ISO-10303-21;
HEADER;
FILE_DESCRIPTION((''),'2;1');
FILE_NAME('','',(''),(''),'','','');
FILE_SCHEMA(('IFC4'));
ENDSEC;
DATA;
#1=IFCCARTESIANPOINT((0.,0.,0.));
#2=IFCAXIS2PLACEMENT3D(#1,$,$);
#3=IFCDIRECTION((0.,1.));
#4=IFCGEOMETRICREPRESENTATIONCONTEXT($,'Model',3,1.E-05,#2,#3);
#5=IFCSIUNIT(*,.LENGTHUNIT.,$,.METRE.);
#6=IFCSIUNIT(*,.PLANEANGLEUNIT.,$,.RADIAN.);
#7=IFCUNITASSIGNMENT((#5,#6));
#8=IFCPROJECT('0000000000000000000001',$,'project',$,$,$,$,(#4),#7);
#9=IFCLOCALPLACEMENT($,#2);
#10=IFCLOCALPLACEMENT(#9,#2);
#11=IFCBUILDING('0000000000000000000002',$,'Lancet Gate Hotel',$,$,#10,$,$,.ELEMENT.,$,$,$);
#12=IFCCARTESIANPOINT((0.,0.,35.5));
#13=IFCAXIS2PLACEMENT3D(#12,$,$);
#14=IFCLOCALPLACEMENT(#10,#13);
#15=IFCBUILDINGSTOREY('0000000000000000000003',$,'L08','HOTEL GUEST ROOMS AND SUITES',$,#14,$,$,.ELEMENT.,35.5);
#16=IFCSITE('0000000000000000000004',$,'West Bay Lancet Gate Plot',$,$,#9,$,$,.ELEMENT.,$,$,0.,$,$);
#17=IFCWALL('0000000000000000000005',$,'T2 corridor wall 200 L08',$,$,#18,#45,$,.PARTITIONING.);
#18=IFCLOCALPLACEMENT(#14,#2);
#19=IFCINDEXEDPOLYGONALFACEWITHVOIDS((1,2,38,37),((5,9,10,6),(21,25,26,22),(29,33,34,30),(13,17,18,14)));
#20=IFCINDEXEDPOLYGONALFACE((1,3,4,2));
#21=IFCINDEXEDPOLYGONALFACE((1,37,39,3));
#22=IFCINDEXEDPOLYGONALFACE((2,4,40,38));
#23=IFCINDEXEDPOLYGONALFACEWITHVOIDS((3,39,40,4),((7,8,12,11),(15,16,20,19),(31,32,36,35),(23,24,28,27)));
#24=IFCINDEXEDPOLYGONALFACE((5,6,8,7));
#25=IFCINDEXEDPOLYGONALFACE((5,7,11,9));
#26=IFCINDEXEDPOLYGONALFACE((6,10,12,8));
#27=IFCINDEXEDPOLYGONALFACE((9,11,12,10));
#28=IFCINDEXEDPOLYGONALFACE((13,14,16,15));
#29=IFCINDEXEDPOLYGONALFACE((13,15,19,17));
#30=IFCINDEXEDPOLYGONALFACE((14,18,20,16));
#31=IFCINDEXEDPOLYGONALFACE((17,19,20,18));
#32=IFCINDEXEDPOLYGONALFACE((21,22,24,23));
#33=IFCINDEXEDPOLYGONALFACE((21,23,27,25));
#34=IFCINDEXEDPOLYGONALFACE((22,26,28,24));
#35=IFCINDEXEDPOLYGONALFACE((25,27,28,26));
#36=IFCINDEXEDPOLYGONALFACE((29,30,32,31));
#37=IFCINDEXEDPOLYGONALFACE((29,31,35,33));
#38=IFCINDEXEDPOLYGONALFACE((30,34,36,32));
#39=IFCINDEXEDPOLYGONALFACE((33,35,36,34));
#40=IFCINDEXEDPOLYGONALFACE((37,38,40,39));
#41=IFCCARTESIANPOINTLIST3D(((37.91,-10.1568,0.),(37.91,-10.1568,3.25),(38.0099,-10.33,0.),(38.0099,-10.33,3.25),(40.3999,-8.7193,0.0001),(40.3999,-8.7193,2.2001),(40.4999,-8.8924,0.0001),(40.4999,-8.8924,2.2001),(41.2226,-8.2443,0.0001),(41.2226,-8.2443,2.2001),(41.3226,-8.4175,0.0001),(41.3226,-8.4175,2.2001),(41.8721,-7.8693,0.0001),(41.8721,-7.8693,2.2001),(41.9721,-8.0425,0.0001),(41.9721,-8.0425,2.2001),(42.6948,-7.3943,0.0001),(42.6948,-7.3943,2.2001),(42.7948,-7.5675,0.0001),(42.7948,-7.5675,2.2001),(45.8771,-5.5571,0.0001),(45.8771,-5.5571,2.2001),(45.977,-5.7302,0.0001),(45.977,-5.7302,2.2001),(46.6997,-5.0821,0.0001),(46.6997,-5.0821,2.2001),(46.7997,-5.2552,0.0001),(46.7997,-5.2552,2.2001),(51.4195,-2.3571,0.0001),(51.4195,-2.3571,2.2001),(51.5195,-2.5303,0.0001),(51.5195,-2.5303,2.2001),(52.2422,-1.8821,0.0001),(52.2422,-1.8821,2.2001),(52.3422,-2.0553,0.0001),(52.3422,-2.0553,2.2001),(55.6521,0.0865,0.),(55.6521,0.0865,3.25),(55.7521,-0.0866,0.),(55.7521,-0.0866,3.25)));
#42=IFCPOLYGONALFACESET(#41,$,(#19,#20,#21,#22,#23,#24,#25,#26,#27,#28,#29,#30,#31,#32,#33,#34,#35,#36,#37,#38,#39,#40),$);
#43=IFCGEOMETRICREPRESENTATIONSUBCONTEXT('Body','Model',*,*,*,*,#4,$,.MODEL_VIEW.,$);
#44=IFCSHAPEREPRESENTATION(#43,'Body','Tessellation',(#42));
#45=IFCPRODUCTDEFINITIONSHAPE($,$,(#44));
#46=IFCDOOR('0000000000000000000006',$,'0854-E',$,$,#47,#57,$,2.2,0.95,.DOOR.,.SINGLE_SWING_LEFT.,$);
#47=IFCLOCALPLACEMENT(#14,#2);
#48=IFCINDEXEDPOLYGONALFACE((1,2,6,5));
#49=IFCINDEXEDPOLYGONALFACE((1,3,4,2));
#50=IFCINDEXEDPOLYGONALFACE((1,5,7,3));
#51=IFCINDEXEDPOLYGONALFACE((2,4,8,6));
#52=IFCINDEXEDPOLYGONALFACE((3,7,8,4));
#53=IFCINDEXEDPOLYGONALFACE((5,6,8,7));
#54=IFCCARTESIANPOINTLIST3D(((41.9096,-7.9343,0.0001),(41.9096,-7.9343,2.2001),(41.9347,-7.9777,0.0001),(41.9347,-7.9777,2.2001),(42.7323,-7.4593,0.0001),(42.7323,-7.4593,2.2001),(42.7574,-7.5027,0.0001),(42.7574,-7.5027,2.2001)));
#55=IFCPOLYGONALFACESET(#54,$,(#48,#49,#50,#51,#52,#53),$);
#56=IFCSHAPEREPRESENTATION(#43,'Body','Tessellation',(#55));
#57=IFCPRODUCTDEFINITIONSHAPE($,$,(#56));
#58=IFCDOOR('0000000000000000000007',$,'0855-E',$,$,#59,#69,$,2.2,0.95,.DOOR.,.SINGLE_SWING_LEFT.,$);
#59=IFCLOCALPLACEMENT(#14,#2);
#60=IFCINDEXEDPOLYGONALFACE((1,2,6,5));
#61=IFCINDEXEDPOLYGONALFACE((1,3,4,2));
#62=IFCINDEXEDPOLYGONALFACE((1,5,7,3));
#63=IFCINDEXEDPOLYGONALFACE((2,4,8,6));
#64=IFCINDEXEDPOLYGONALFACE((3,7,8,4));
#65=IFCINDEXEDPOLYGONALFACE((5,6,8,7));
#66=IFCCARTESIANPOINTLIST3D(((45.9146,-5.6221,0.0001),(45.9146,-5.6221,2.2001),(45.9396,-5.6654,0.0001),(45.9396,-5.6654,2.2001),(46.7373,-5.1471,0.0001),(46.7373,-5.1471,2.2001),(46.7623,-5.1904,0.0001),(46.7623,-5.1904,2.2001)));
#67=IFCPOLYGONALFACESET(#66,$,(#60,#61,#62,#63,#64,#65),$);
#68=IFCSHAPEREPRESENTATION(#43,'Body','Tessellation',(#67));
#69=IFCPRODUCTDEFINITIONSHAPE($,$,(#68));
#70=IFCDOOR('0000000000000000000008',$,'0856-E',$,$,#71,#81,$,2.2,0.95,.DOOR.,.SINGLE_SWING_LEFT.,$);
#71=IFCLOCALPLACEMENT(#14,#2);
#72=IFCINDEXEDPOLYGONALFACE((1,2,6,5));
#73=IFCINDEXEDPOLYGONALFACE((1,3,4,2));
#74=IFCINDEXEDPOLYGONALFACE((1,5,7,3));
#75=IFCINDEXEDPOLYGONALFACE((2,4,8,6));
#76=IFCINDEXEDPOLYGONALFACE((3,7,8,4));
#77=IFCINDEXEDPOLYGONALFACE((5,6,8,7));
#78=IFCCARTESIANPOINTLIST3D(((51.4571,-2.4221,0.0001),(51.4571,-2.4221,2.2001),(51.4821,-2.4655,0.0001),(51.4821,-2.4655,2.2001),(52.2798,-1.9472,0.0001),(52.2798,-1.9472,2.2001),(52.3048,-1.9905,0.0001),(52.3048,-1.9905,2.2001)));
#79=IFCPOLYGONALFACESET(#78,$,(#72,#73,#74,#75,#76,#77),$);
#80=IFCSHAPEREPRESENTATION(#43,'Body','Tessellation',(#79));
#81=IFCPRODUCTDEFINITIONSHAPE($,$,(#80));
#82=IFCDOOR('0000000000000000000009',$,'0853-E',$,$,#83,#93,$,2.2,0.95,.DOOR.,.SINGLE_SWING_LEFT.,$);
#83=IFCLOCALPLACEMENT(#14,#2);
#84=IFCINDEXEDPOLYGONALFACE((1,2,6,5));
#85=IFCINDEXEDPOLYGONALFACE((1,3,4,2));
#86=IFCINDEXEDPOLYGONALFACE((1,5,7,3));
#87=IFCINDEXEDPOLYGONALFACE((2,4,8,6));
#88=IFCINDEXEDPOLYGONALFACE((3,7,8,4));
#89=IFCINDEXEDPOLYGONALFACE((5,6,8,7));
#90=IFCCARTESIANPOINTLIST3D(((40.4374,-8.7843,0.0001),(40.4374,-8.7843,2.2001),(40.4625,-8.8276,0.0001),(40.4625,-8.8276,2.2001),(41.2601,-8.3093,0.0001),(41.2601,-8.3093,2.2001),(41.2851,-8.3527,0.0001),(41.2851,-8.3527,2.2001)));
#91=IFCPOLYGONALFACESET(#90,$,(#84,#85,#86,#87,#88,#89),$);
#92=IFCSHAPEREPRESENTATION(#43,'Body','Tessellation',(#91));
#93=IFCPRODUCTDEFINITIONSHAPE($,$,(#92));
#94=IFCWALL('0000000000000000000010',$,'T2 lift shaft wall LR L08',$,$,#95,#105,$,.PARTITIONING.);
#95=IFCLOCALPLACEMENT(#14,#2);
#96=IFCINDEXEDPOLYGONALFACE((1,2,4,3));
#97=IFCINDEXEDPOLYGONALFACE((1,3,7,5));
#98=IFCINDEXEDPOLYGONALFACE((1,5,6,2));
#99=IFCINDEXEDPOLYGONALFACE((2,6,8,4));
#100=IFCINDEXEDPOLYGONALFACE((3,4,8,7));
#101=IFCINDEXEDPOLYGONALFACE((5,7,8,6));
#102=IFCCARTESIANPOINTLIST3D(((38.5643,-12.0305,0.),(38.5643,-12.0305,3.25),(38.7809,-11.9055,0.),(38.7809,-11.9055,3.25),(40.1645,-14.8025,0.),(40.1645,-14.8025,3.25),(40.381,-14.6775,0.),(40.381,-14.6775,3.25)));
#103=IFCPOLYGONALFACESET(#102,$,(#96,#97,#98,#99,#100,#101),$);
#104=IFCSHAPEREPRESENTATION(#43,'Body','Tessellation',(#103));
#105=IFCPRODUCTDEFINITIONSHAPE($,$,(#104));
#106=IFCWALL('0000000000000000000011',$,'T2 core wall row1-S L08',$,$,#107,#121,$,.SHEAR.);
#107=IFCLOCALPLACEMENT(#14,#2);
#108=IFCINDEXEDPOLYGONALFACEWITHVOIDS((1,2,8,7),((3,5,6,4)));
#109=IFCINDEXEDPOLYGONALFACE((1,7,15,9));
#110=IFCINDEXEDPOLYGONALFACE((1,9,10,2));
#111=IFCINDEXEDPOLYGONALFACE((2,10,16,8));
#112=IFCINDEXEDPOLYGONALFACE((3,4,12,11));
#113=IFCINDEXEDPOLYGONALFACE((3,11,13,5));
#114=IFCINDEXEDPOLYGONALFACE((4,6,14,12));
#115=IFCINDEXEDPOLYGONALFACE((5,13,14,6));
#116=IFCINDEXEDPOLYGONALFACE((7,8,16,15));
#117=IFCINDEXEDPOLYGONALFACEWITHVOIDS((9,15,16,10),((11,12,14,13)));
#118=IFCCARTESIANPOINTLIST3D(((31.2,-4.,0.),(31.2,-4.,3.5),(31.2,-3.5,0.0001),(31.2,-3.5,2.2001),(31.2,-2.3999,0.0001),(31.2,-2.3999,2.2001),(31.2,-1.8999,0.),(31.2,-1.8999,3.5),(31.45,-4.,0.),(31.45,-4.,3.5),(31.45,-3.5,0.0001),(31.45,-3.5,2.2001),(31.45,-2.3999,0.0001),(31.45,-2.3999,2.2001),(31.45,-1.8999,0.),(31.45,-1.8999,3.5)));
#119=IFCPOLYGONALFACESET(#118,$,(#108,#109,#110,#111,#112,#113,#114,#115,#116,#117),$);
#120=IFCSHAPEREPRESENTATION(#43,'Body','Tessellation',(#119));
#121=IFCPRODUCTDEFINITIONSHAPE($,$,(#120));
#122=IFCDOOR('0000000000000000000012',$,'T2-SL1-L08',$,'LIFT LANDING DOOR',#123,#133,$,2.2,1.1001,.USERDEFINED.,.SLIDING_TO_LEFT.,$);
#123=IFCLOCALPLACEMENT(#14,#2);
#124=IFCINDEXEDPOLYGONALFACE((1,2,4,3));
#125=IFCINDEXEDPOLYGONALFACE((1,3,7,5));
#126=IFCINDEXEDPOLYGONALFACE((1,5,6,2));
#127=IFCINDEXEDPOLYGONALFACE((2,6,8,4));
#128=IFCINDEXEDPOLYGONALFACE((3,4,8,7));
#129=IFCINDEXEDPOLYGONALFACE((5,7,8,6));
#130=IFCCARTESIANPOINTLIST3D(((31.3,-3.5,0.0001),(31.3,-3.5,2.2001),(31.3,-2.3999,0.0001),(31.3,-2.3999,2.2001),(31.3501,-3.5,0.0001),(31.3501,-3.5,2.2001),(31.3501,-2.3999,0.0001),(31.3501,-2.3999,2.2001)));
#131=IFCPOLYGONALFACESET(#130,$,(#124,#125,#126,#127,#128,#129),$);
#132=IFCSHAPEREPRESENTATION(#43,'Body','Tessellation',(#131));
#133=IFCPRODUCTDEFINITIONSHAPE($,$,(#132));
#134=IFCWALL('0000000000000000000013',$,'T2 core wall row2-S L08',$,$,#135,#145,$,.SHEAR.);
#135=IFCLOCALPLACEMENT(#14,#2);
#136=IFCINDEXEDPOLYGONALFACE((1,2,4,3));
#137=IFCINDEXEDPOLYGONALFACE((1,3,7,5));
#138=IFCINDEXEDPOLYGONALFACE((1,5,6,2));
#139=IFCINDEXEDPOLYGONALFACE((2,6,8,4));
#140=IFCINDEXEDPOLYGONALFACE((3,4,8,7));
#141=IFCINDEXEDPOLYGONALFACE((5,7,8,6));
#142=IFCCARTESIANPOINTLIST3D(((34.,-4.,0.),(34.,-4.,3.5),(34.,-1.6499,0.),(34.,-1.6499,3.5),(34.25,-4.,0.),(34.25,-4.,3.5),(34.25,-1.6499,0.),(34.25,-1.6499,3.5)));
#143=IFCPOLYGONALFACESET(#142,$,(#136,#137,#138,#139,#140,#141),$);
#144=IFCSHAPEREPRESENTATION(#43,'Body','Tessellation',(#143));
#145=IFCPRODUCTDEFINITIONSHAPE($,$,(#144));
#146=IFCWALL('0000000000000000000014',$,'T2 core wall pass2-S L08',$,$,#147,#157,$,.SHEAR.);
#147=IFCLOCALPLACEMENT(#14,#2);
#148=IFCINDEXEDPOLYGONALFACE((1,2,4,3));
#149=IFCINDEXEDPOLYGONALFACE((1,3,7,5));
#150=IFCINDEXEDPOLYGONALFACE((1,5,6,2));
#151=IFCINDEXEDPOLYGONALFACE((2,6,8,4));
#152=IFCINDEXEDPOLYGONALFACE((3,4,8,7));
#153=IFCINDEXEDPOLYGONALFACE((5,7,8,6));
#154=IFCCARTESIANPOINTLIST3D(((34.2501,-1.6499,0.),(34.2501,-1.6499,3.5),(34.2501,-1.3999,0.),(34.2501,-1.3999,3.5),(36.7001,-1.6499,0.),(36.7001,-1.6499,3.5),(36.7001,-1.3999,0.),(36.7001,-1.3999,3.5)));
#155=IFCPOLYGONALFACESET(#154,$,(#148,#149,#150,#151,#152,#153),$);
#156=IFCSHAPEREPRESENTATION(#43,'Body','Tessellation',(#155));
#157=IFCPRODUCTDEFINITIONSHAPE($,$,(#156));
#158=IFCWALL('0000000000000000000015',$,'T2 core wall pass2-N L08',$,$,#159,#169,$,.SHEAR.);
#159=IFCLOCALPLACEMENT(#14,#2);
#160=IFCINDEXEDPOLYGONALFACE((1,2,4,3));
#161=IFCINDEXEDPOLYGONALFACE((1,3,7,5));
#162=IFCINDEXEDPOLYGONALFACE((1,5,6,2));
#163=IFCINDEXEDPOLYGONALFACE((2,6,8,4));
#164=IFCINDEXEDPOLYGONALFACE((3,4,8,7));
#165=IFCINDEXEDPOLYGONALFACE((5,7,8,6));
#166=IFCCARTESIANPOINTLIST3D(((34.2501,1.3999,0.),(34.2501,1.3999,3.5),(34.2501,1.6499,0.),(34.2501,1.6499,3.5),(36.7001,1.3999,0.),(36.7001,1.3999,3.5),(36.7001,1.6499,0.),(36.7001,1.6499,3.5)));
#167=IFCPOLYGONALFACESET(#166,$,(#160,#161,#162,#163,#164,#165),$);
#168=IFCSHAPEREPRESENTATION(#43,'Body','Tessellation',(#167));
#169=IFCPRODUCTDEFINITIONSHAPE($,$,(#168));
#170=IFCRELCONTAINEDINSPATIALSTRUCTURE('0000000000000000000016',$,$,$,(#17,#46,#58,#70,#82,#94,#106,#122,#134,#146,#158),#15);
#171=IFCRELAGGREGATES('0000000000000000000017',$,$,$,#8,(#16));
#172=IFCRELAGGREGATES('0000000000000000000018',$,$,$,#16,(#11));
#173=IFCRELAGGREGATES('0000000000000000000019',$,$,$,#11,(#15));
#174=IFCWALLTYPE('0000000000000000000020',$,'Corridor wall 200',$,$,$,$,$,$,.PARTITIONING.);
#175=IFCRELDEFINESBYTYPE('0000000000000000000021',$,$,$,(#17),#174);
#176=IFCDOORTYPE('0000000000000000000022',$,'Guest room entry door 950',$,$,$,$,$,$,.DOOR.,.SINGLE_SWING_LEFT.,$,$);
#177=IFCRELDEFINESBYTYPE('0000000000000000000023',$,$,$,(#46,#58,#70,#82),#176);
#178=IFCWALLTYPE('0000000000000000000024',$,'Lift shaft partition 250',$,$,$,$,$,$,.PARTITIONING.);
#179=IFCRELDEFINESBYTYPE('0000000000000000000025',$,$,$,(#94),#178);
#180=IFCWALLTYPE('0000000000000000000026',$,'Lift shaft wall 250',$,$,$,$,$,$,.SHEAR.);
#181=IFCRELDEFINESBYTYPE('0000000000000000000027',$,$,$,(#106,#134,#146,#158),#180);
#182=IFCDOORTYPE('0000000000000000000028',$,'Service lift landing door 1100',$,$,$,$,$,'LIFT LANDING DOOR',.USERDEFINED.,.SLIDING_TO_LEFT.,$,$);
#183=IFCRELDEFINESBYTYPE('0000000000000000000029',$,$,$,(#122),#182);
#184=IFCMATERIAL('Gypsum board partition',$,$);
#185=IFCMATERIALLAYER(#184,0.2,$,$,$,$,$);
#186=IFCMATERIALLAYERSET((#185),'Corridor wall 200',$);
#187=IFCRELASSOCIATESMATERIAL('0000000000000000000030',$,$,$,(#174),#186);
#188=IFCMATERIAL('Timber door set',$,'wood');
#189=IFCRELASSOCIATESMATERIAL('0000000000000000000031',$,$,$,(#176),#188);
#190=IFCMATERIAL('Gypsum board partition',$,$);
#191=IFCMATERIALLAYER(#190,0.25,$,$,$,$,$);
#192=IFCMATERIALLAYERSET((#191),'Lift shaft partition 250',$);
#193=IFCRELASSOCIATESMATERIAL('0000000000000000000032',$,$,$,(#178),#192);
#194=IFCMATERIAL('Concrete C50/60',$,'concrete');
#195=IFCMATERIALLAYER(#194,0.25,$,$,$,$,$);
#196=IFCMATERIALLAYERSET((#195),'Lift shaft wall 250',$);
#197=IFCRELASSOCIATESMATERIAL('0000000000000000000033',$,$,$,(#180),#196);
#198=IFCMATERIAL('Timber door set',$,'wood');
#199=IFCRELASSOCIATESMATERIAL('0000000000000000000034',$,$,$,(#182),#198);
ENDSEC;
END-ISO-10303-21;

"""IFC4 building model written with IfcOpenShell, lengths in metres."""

from ifc_helpers import new_model, si_unit, direction, frame, frame_2d, origin, place, context, subcontext, project, spatial, rectangle, extrude, material, layer, layer_set, type_object, element, fill, save


model = new_model("IFC4")

# Units and contexts
model_context = context("Model", 3, precision=1e-05, world=origin(), true_north=direction((0.0, 1.0)))
body_context = subcontext(model_context, "Body", "Model", "MODEL_VIEW")
ifc_project = project(units=[si_unit("LENGTHUNIT", "METRE"), si_unit("PLANEANGLEUNIT", "RADIAN")], contexts=[model_context])

# Site, building, storey
site_placement = place(None, origin())
site = spatial("IfcSite", under=ifc_project, at=site_placement, Name="West Bay Lancet Gate Plot", CompositionType="ELEMENT", RefElevation=0.0)
building_placement = place(site_placement, origin())
building = spatial("IfcBuilding", under=site, at=building_placement, Name="Lancet Gate Hotel", CompositionType="ELEMENT")
storey_placement = place(building_placement, frame((0.0, 0.0, 35.5)))
storey = spatial("IfcBuildingStorey", under=building, at=storey_placement, Name="L08", Description="HOTEL GUEST ROOMS AND SUITES", CompositionType="ELEMENT", Elevation=35.5)

# Wall, openings, doors
ifc_material_1 = material(Name="Gypsum board partition")
ifc_layer_1 = layer(ifc_material_1, 0.2)
ifc_layer_set_1 = layer_set([ifc_layer_1], Name="Corridor wall 200")
wall_type_1 = type_object("IfcWallType", Name="Corridor wall 200", PredefinedType="PARTITIONING", material=ifc_layer_set_1)
wall_1_placement = place(storey_placement, frame((37.96, -10.2434, 0.0), z_axis=(0.0, 0.0, 1.0), x_axis=(0.866026, 0.499998, 0.0)))
wall_1 = element("IfcWall", 1, at=wall_1_placement, inside=storey, type_object=wall_type_1, Name="T2 corridor wall 200 L08", PredefinedType="PARTITIONING", context=body_context, shape_type="SweptSolid", body=[
    extrude(rectangle(XDim=20.4868, YDim=0.2, at=frame_2d((10.2434, 0.0))), origin(), (0.0, 0.0, 1.0), 3.25),
])
opening_1_placement = place(wall_1_placement, frame((4.575, 0.0, 0.0)))
opening_1 = element("IfcOpeningElement", 2, at=opening_1_placement, cuts=wall_1, PredefinedType="OPENING", context=body_context, shape_type="SweptSolid", body=[
    extrude(rectangle(XDim=0.95, YDim=2.2, at=frame_2d((0.4751, 1.1001))), frame((0.0, 0.1099, 0.0), z_axis=(0.0, -1.0, 0.0), x_axis=(1.0, 0.0, 0.0)), (0.0, 0.0, 1.0), 0.22),
])
opening_2_placement = place(wall_1_placement, frame((9.1995, 0.0, 0.0)))
opening_2 = element("IfcOpeningElement", 3, at=opening_2_placement, cuts=wall_1, PredefinedType="OPENING", context=body_context, shape_type="SweptSolid", body=[
    extrude(rectangle(XDim=0.95, YDim=2.2, at=frame_2d((0.4751, 1.1001))), frame((0.0, 0.1099, 0.0), z_axis=(0.0, -1.0, 0.0), x_axis=(1.0, 0.0, 0.0)), (0.0, 0.0, 1.0), 0.22),
])
opening_3_placement = place(wall_1_placement, frame((15.5994, 0.0, 0.0)))
opening_3 = element("IfcOpeningElement", 4, at=opening_3_placement, cuts=wall_1, PredefinedType="OPENING", context=body_context, shape_type="SweptSolid", body=[
    extrude(rectangle(XDim=0.95, YDim=2.2, at=frame_2d((0.4751, 1.1001))), frame((0.0, 0.1099, 0.0), z_axis=(0.0, -1.0, 0.0), x_axis=(1.0, 0.0, 0.0)), (0.0, 0.0, 1.0), 0.22),
])
opening_4_placement = place(wall_1_placement, frame((2.875, 0.0, 0.0)))
opening_4 = element("IfcOpeningElement", 5, at=opening_4_placement, cuts=wall_1, PredefinedType="OPENING", context=body_context, shape_type="SweptSolid", body=[
    extrude(rectangle(XDim=0.95, YDim=2.2, at=frame_2d((0.4751, 1.1001))), frame((0.0, 0.1099, 0.0), z_axis=(0.0, -1.0, 0.0), x_axis=(1.0, 0.0, 0.0)), (0.0, 0.0, 1.0), 0.22),
])
ifc_material_2 = material(Name="Timber door set", Category="wood")
door_type_1 = type_object("IfcDoorType", Name="Guest room entry door 950", OperationType="SINGLE_SWING_LEFT", PredefinedType="DOOR", material=ifc_material_2)
door_1_placement = place(opening_1_placement, origin())
door_1 = element("IfcDoor", 6, at=door_1_placement, inside=storey, type_object=door_type_1, Name="0854-E", OperationType="SINGLE_SWING_LEFT", OverallHeight=2.2, OverallWidth=0.95, PredefinedType="DOOR", context=body_context, shape_type="SweptSolid", body=[
    extrude(rectangle(XDim=0.95, YDim=2.2, at=frame_2d((0.4751, 1.1001))), frame((0.0, 0.0249, 0.0), z_axis=(0.0, -1.0, 0.0), x_axis=(1.0, 0.0, 0.0)), (0.0, 0.0, 1.0), 0.05),
])
fill(opening_1, door_1)
door_2_placement = place(opening_2_placement, origin())
door_2 = element("IfcDoor", 7, at=door_2_placement, inside=storey, type_object=door_type_1, Name="0855-E", OperationType="SINGLE_SWING_LEFT", OverallHeight=2.2, OverallWidth=0.95, PredefinedType="DOOR", context=body_context, shape_type="SweptSolid", body=[
    extrude(rectangle(XDim=0.95, YDim=2.2, at=frame_2d((0.4751, 1.1001))), frame((0.0, 0.0249, 0.0), z_axis=(0.0, -1.0, 0.0), x_axis=(1.0, 0.0, 0.0)), (0.0, 0.0, 1.0), 0.05),
])
fill(opening_2, door_2)
door_3_placement = place(opening_3_placement, origin())
door_3 = element("IfcDoor", 8, at=door_3_placement, inside=storey, type_object=door_type_1, Name="0856-E", OperationType="SINGLE_SWING_LEFT", OverallHeight=2.2, OverallWidth=0.95, PredefinedType="DOOR", context=body_context, shape_type="SweptSolid", body=[
    extrude(rectangle(XDim=0.95, YDim=2.2, at=frame_2d((0.4751, 1.1001))), frame((0.0, 0.0249, 0.0), z_axis=(0.0, -1.0, 0.0), x_axis=(1.0, 0.0, 0.0)), (0.0, 0.0, 1.0), 0.05),
])
fill(opening_3, door_3)
door_4_placement = place(opening_4_placement, origin())
door_4 = element("IfcDoor", 9, at=door_4_placement, inside=storey, type_object=door_type_1, Name="0853-E", OperationType="SINGLE_SWING_LEFT", OverallHeight=2.2, OverallWidth=0.95, PredefinedType="DOOR", context=body_context, shape_type="SweptSolid", body=[
    extrude(rectangle(XDim=0.95, YDim=2.2, at=frame_2d((0.4751, 1.1001))), frame((0.0, 0.0249, 0.0), z_axis=(0.0, -1.0, 0.0), x_axis=(1.0, 0.0, 0.0)), (0.0, 0.0, 1.0), 0.05),
])
fill(opening_4, door_4)

# Wall
ifc_material_3 = material(Name="Gypsum board partition")
ifc_layer_2 = layer(ifc_material_3, 0.25)
ifc_layer_set_2 = layer_set([ifc_layer_2], Name="Lift shaft partition 250")
wall_type_2 = type_object("IfcWallType", Name="Lift shaft partition 250", PredefinedType="PARTITIONING", material=ifc_layer_set_2)
wall_2_placement = place(storey_placement, frame((38.6726, -11.968, 0.0), z_axis=(0.0, 0.0, 1.0), x_axis=(0.499929, -0.866066, 0.0)))
element("IfcWall", 10, at=wall_2_placement, inside=storey, type_object=wall_type_2, Name="T2 lift shaft wall LR L08", PredefinedType="PARTITIONING", context=body_context, shape_type="SweptSolid", body=[
    extrude(rectangle(XDim=3.2007, YDim=0.25, at=frame_2d((1.6003, 0.0))), origin(), (0.0, 0.0, 1.0), 3.25),
])

# Wall, opening, door
ifc_material_4 = material(Name="Concrete C50/60", Category="concrete")
ifc_layer_3 = layer(ifc_material_4, 0.25)
ifc_layer_set_3 = layer_set([ifc_layer_3], Name="Lift shaft wall 250")
wall_type_3 = type_object("IfcWallType", Name="Lift shaft wall 250", PredefinedType="SHEAR", material=ifc_layer_set_3)
wall_3_placement = place(storey_placement, frame((31.325, -4.0, 0.0), z_axis=(0.0, 0.0, 1.0), x_axis=(0.0, 1.0, 0.0)))
wall_3 = element("IfcWall", 11, at=wall_3_placement, inside=storey, type_object=wall_type_3, Name="T2 core wall row1-S L08", PredefinedType="SHEAR", context=body_context, shape_type="SweptSolid", body=[
    extrude(rectangle(XDim=2.1001, YDim=0.25, at=frame_2d((1.05, 0.0))), origin(), (0.0, 0.0, 1.0), 3.5),
])
opening_5_placement = place(wall_3_placement, frame((0.5, 0.0, 0.0)))
opening_5 = element("IfcOpeningElement", 12, at=opening_5_placement, cuts=wall_3, PredefinedType="OPENING", context=body_context, shape_type="SweptSolid", body=[
    extrude(rectangle(XDim=1.1001, YDim=2.2, at=frame_2d((0.55, 1.1001))), frame((0.0, 0.135, 0.0), z_axis=(0.0, -1.0, 0.0), x_axis=(1.0, 0.0, 0.0)), (0.0, 0.0, 1.0), 0.27),
])
ifc_material_5 = material(Name="Timber door set", Category="wood")
door_type_2 = type_object("IfcDoorType", Name="Service lift landing door 1100", ElementType="LIFT LANDING DOOR", OperationType="SLIDING_TO_LEFT", PredefinedType="USERDEFINED", material=ifc_material_5)
door_5_placement = place(opening_5_placement, origin())
door_5 = element("IfcDoor", 13, at=door_5_placement, inside=storey, type_object=door_type_2, Name="T2-SL1-L08", ObjectType="LIFT LANDING DOOR", OperationType="SLIDING_TO_LEFT", OverallHeight=2.2, OverallWidth=1.1001, PredefinedType="USERDEFINED", context=body_context, shape_type="SweptSolid", body=[
    extrude(rectangle(XDim=1.1001, YDim=2.2, at=frame_2d((0.55, 1.1001))), frame((0.0, 0.0249, 0.0), z_axis=(0.0, -1.0, 0.0), x_axis=(1.0, 0.0, 0.0)), (0.0, 0.0, 1.0), 0.05),
])
fill(opening_5, door_5)

# Walls
wall_4_placement = place(storey_placement, frame((34.125, -4.0, 0.0), z_axis=(0.0, 0.0, 1.0), x_axis=(0.0, 1.0, 0.0)))
element("IfcWall", 14, at=wall_4_placement, inside=storey, type_object=wall_type_3, Name="T2 core wall row2-S L08", PredefinedType="SHEAR", context=body_context, shape_type="SweptSolid", body=[
    extrude(rectangle(XDim=2.3501, YDim=0.25, at=frame_2d((1.175, 0.0))), origin(), (0.0, 0.0, 1.0), 3.5),
])
for number, where, z_axis, x_axis, name in (
    (15, (34.25, -1.5249, 0.0), (0.0, 0.0, 1.0), (1.0, 0.0, 0.0), "T2 core wall pass2-S L08"),
    (16, (34.25, 1.5249, 0.0), (0.0, 0.0, 1.0), (1.0, 0.0, 0.0), "T2 core wall pass2-N L08"),
):
    element("IfcWall", number, at=place(storey_placement, frame(where, z_axis=z_axis, x_axis=x_axis)), inside=storey, type_object=wall_type_3, Name=name, PredefinedType="SHEAR", context=body_context, shape_type="SweptSolid", body=[
        extrude(rectangle(XDim=2.45, YDim=0.25, at=frame_2d((1.2251, 0.0))), origin(), (0.0, 0.0, 1.0), 3.5),
    ])

save(model, "model.ifc")
